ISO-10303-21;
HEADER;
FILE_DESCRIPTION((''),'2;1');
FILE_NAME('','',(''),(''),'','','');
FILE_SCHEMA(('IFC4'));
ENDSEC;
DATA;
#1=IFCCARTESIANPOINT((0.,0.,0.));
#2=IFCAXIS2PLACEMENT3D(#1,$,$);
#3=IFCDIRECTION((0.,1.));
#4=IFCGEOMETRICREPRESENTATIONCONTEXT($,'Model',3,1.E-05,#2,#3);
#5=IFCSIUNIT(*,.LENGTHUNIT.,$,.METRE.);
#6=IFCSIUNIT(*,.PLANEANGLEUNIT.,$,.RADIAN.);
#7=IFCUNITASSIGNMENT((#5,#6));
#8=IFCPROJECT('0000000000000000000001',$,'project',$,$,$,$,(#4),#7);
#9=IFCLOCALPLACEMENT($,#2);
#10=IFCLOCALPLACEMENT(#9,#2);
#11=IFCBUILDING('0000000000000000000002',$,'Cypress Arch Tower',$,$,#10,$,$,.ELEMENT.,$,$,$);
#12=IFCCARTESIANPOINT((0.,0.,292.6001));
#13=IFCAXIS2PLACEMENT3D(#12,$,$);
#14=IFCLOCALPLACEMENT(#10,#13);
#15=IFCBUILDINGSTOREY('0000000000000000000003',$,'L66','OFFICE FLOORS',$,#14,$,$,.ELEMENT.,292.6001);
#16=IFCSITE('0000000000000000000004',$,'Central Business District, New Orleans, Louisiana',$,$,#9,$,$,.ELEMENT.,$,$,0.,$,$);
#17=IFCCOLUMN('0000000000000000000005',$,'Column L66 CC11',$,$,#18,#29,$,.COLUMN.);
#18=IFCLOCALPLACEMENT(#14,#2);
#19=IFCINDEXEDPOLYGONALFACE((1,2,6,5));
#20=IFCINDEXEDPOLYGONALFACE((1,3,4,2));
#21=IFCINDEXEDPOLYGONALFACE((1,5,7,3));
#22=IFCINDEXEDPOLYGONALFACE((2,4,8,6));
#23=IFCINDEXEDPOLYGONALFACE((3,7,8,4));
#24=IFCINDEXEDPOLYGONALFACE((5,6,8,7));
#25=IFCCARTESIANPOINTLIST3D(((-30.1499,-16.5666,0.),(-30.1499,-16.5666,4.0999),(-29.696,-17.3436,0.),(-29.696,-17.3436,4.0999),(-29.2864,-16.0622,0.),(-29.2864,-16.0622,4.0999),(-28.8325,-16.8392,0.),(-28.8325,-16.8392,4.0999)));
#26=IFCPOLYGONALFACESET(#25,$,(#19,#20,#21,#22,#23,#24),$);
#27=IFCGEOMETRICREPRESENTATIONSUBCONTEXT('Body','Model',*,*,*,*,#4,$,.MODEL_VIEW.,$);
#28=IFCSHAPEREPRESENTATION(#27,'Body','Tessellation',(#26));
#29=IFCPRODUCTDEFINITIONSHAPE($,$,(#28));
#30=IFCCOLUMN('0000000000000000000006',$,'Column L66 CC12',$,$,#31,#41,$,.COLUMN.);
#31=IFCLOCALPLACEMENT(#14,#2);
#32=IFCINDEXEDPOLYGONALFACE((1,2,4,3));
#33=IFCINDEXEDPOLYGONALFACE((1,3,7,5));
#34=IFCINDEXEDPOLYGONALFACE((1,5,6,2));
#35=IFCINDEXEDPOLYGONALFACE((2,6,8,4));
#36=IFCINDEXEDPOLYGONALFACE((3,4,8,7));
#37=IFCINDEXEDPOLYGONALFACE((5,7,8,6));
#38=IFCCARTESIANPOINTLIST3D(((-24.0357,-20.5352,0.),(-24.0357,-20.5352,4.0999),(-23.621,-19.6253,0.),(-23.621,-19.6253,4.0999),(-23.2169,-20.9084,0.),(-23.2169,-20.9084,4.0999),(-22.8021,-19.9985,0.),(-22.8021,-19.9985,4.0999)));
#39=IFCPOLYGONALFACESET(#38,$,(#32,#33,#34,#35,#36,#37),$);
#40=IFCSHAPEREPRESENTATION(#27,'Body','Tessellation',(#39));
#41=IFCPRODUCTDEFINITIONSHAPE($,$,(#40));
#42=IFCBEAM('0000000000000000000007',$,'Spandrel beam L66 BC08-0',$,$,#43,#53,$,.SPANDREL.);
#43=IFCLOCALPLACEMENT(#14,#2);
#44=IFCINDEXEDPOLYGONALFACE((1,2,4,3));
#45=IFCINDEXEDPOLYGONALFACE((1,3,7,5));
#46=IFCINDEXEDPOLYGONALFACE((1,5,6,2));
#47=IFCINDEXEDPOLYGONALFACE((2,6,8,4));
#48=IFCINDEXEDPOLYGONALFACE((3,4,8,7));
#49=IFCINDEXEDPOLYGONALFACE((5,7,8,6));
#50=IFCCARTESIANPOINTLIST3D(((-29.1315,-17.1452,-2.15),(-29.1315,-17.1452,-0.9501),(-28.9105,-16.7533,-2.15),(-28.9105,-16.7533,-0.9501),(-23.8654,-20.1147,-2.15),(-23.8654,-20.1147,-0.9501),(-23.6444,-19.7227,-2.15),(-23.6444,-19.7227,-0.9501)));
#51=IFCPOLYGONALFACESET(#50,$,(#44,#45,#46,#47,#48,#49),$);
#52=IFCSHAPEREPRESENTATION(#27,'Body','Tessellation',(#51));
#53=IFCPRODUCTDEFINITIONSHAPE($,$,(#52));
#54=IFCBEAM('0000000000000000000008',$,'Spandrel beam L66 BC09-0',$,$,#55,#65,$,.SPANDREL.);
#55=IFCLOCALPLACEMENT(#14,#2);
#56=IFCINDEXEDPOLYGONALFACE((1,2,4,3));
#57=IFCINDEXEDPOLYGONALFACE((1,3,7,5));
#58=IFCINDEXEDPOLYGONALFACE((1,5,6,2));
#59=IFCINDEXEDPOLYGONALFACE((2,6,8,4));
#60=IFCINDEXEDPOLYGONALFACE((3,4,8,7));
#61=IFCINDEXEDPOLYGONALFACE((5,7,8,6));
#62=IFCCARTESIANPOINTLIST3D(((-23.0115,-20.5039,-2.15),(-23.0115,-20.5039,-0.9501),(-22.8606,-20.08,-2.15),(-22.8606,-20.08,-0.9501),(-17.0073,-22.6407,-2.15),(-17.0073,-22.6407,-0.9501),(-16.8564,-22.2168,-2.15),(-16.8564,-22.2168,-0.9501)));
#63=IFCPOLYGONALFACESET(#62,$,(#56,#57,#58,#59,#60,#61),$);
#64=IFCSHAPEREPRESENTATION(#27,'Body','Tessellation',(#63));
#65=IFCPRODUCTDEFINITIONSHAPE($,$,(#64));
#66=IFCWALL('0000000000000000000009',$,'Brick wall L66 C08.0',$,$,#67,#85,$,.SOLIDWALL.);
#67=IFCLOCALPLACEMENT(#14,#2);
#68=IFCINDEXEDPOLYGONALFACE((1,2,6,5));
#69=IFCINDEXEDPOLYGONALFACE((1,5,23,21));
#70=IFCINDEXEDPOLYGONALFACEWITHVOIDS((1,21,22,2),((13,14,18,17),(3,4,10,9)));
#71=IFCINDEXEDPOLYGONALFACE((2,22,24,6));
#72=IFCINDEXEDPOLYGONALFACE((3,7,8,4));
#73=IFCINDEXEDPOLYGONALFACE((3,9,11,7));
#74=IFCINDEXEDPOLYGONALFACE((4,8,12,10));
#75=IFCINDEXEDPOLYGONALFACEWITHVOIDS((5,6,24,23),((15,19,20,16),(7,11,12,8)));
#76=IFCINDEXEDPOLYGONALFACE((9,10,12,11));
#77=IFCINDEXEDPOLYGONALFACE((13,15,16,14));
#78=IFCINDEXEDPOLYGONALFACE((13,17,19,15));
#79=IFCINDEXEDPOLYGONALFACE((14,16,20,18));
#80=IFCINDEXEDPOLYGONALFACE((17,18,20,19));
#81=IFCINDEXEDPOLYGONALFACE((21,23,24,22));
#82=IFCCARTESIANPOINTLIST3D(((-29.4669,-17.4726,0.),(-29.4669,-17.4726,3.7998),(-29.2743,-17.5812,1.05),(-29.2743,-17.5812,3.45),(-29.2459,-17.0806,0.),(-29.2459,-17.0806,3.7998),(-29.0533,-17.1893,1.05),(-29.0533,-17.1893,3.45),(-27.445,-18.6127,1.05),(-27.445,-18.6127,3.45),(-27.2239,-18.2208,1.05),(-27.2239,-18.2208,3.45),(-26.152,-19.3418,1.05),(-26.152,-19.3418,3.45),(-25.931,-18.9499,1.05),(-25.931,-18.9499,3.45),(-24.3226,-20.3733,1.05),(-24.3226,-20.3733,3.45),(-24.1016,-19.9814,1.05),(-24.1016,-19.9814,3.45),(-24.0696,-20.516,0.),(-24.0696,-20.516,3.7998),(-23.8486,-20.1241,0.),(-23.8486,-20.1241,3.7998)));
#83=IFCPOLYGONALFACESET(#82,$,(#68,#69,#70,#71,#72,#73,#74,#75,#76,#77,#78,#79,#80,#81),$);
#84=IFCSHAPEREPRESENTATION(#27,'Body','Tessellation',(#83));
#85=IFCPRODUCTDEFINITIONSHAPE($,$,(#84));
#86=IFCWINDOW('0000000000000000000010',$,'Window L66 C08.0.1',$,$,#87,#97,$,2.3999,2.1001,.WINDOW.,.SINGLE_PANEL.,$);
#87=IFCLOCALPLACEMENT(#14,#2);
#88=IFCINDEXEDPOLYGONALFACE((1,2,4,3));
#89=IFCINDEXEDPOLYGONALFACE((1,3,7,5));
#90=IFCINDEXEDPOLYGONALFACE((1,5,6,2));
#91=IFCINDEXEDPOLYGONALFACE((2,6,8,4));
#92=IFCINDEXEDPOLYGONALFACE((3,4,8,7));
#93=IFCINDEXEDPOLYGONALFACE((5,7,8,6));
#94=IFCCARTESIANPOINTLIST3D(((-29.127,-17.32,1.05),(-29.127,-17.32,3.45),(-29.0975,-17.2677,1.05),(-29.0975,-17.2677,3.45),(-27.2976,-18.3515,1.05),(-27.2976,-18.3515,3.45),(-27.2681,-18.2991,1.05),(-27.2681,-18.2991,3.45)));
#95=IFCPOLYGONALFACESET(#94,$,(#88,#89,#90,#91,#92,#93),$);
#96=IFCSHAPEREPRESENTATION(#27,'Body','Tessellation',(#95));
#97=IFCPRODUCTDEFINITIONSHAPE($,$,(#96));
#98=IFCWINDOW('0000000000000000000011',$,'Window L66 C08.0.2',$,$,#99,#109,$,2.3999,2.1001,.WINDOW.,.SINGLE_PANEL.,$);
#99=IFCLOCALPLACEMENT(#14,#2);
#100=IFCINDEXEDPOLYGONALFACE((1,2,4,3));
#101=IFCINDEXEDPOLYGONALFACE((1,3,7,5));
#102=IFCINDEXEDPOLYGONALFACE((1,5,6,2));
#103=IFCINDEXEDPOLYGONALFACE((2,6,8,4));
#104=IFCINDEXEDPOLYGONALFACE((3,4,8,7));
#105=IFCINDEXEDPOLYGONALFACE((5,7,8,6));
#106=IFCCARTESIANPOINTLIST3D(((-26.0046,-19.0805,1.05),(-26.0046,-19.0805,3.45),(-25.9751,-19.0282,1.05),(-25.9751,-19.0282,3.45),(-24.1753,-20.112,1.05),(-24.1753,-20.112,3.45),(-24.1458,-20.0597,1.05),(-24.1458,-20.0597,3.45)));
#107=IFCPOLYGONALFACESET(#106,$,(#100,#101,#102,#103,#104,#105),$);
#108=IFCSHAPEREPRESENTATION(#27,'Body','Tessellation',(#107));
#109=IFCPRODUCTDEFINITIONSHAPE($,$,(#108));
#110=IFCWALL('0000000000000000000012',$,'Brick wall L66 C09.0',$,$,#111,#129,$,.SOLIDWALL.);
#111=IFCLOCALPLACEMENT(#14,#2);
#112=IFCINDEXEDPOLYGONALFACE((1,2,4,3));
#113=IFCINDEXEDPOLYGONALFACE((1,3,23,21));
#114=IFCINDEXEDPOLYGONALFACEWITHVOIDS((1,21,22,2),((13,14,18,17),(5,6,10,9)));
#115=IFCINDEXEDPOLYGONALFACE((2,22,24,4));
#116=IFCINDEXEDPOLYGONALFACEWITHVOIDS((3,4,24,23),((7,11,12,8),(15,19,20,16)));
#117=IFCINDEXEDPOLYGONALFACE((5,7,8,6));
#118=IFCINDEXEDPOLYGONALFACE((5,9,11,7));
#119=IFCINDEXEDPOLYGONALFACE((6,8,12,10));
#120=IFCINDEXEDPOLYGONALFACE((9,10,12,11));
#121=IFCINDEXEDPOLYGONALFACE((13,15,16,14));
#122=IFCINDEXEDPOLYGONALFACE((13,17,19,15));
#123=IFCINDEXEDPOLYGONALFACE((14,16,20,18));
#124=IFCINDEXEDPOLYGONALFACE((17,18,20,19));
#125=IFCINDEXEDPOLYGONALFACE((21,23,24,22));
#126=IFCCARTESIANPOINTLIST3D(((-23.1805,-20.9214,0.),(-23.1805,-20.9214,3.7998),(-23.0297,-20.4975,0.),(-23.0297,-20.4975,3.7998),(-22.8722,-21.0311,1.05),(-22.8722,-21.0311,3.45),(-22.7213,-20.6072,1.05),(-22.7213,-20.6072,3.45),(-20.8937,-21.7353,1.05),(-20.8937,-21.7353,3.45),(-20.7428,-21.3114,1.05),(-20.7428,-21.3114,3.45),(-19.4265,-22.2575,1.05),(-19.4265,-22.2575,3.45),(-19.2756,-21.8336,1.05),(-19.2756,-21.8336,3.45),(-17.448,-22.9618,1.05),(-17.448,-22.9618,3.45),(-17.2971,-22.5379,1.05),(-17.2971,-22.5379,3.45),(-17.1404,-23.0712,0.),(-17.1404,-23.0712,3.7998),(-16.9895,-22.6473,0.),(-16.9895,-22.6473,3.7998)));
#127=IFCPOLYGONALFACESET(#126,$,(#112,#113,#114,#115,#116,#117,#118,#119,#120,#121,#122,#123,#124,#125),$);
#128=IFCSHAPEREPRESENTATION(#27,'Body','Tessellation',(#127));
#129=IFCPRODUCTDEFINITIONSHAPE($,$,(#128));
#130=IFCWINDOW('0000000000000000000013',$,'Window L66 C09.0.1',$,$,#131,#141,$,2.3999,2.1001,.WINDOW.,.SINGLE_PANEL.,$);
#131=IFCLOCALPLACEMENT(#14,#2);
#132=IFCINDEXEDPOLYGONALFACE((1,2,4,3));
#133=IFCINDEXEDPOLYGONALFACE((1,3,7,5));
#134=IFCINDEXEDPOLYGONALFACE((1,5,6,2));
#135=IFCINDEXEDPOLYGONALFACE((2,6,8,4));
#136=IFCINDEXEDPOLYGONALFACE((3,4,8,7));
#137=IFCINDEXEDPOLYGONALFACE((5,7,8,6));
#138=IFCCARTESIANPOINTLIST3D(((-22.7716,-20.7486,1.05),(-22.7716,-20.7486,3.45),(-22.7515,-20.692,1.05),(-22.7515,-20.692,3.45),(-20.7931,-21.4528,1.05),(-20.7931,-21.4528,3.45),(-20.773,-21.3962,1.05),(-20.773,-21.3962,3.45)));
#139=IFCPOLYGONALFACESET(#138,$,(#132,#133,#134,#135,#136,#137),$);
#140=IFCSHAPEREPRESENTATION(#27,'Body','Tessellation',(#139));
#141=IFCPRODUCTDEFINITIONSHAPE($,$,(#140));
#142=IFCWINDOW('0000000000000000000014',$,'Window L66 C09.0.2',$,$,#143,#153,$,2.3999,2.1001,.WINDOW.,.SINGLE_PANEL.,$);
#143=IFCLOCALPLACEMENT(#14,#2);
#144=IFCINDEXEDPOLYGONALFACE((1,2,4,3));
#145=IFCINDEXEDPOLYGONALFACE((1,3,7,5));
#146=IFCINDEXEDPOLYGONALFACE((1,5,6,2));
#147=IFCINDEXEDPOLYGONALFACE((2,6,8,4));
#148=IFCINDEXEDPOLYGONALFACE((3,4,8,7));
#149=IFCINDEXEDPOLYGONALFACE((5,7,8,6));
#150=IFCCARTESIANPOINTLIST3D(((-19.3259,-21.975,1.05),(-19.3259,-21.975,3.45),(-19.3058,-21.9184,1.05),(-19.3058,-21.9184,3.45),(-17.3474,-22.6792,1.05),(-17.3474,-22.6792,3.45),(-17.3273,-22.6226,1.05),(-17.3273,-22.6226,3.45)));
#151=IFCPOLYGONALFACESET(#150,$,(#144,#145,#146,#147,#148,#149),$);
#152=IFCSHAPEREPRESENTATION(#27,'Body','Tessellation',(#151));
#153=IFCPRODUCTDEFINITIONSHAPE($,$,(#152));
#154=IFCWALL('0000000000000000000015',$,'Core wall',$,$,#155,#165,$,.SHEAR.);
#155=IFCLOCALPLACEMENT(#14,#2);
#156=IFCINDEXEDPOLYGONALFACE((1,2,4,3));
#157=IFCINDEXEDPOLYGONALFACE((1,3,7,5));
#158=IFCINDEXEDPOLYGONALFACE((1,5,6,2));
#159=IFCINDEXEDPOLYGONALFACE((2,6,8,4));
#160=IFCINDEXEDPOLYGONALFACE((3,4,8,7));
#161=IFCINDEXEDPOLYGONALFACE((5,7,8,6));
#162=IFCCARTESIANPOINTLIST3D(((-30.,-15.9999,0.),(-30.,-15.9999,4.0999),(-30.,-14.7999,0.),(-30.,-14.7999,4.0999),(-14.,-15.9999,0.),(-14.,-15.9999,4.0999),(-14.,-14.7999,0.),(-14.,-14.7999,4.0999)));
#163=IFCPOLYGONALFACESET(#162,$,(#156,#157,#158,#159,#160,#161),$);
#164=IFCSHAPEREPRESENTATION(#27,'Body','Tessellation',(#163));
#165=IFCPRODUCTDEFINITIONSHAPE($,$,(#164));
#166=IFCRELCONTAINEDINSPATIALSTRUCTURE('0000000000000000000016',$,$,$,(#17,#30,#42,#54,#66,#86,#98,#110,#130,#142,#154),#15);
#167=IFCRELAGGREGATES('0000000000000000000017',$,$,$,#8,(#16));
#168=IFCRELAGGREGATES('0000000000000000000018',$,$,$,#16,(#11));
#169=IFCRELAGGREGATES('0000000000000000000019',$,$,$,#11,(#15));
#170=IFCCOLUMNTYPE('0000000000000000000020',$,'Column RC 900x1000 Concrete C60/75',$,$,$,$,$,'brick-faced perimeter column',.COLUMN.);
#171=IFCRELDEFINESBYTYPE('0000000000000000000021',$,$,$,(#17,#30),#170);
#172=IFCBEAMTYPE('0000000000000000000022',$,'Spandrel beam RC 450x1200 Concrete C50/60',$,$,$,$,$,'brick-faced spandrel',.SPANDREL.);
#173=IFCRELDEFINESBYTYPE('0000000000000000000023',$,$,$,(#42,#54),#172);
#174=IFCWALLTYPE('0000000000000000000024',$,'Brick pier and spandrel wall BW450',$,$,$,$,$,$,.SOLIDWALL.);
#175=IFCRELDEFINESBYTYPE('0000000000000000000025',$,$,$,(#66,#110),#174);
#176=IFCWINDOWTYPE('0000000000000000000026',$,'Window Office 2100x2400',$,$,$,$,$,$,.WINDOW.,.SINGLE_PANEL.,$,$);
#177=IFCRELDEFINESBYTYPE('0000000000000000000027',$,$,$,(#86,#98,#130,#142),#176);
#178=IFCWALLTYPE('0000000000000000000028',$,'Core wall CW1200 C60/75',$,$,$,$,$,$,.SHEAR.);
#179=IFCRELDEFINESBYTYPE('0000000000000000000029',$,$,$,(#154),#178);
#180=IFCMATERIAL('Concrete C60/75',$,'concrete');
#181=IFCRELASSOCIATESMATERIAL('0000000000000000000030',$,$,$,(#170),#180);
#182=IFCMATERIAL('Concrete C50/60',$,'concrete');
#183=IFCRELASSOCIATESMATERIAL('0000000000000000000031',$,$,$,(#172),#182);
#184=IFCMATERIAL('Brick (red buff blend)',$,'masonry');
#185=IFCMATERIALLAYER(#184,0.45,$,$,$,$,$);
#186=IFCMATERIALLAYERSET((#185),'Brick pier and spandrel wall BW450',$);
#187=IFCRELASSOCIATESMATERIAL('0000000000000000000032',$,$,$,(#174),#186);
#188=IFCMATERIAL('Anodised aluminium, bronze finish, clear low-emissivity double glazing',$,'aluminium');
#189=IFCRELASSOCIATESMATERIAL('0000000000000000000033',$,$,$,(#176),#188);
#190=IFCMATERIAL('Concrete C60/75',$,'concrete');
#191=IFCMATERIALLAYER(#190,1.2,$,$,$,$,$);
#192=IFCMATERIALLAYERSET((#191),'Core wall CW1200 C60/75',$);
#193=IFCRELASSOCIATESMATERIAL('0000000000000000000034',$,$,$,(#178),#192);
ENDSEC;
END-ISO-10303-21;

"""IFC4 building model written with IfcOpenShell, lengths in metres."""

from ifc_helpers import new_model, si_unit, direction, frame, frame_2d, origin, origin_2d, place, context, subcontext, project, spatial, rectangle, extrude, material, layer, layer_set, material_profile, profile_set, type_object, element, fill, save


model = new_model("IFC4")

# Units and contexts
model_context = context("Model", 3, precision=1e-05, world=origin(), true_north=direction((0.0, 1.0)))
body_context = subcontext(model_context, "Body", "Model", "MODEL_VIEW")
ifc_project = project(units=[si_unit("LENGTHUNIT", "METRE"), si_unit("PLANEANGLEUNIT", "RADIAN")], contexts=[model_context])

# Site, building, storey
site_placement = place(None, origin())
site = spatial("IfcSite", under=ifc_project, at=site_placement, Name="Central Business District, New Orleans, Louisiana", CompositionType="ELEMENT", RefElevation=0.0)
building_placement = place(site_placement, origin())
building = spatial("IfcBuilding", under=site, at=building_placement, Name="Cypress Arch Tower", CompositionType="ELEMENT")
storey_placement = place(building_placement, frame((0.0, 0.0, 292.6001)))
storey = spatial("IfcBuildingStorey", under=building, at=storey_placement, Name="L66", Description="OFFICE FLOORS", CompositionType="ELEMENT", Elevation=292.6001)

# Columns
ifc_material_1 = material(Name="Concrete C60/75", Category="concrete")
ifc_material_profile_1 = material_profile(ifc_material_1, rectangle(XDim=0.8999, YDim=1.0, at=origin_2d()), Name="RC 900x1000")
ifc_profile_set_1 = profile_set([ifc_material_profile_1], Name="Concrete C60/75")
column_type = type_object("IfcColumnType", Name="Column RC 900x1000 Concrete C60/75", ElementType="brick-faced perimeter column", PredefinedType="COLUMN", material=ifc_profile_set_1)
for number, where, z_axis, x_axis, name in (
    (1, (-29.4912, -16.7029, 0.0), (0.0, 0.0, 1.0), (0.504399, -0.863471, 0.0), "Column L66 CC11"),
    (2, (-23.4189, -20.2668, 0.0), (0.0, 0.0, 1.0), (0.909932, -0.414757, 0.0), "Column L66 CC12"),
):
    element("IfcColumn", number, at=place(storey_placement, frame(where, z_axis=z_axis, x_axis=x_axis)), inside=storey, type_object=column_type, Name=name, PredefinedType="COLUMN", context=body_context, shape_type="SweptSolid", body=[
        extrude(rectangle(XDim=0.8999, YDim=1.0, at=origin_2d()), origin(), (0.0, 0.0, 1.0), 4.0999),
    ])

# Beams
ifc_material_2 = material(Name="Concrete C50/60", Category="concrete")
ifc_material_profile_2 = material_profile(ifc_material_2, rectangle(XDim=0.45, YDim=1.2, at=origin_2d()), Name="RC 450x1200")
ifc_profile_set_2 = profile_set([ifc_material_profile_2], Name="Concrete C50/60")
beam_type = type_object("IfcBeamType", Name="Spandrel beam RC 450x1200 Concrete C50/60", ElementType="brick-faced spandrel", PredefinedType="SPANDREL", material=ifc_profile_set_2)
beam_1_placement = place(storey_placement, frame((-29.021, -16.9492, -1.55), z_axis=(0.87106, -0.491177, 0.0), x_axis=(0.491177, 0.87106, 0.0)))
element("IfcBeam", 3, at=beam_1_placement, inside=storey, type_object=beam_type, Name="Spandrel beam L66 BC08-0", PredefinedType="SPANDREL", context=body_context, shape_type="SweptSolid", body=[
    extrude(rectangle(XDim=0.45, YDim=1.2, at=origin_2d()), origin(), (0.0, 0.0, 1.0), 6.0457),
])
beam_2_placement = place(storey_placement, frame((-22.936, -20.292, -1.55), z_axis=(0.94212, -0.335276, 0.0), x_axis=(0.335276, 0.94212, 0.0)))
element("IfcBeam", 4, at=beam_2_placement, inside=storey, type_object=beam_type, Name="Spandrel beam L66 BC09-0", PredefinedType="SPANDREL", context=body_context, shape_type="SweptSolid", body=[
    extrude(rectangle(XDim=0.45, YDim=1.2, at=origin_2d()), origin(), (0.0, 0.0, 1.0), 6.373),
])

# Walls, openings, windows
ifc_material_3 = material(Name="Brick (red buff blend)", Category="masonry")
ifc_layer_1 = layer(ifc_material_3, 0.45)
ifc_layer_set_1 = layer_set([ifc_layer_1], Name="Brick pier and spandrel wall BW450")
wall_type_1 = type_object("IfcWallType", Name="Brick pier and spandrel wall BW450", PredefinedType="SOLIDWALL", material=ifc_layer_set_1)
wall_1_placement = place(storey_placement, frame((-29.3564, -17.2766, 0.0), z_axis=(0.0, 0.0, 1.0), x_axis=(0.871066, -0.491166, 0.0)))
wall_1 = element("IfcWall", 5, at=wall_1_placement, inside=storey, type_object=wall_type_1, Name="Brick wall L66 C08.0", PredefinedType="SOLIDWALL", context=body_context, shape_type="SweptSolid", body=[
    extrude(rectangle(XDim=6.1963, YDim=0.45, at=frame_2d((3.0981, 0.0))), origin(), (0.0, 0.0, 1.0), 3.7998),
])
opening_1_placement = place(wall_1_placement, frame((0.2212, 0.0, 1.05)))
opening_1 = element("IfcOpeningElement", 6, at=opening_1_placement, cuts=wall_1, PredefinedType="OPENING", context=body_context, shape_type="SweptSolid", body=[
    extrude(rectangle(XDim=2.1001, YDim=2.3999, at=frame_2d((1.05, 1.2))), frame((0.0, 0.2349, 0.0), z_axis=(0.0, -1.0, 0.0), x_axis=(1.0, 0.0, 0.0)), (0.0, 0.0, 1.0), 0.47),
])
opening_2_placement = place(wall_1_placement, frame((3.8057, 0.0, 1.05)))
opening_2 = element("IfcOpeningElement", 7, at=opening_2_placement, cuts=wall_1, PredefinedType="OPENING", context=body_context, shape_type="SweptSolid", body=[
    extrude(rectangle(XDim=2.1001, YDim=2.3999, at=frame_2d((1.05, 1.2))), frame((0.0, 0.2349, 0.0), z_axis=(0.0, -1.0, 0.0), x_axis=(1.0, 0.0, 0.0)), (0.0, 0.0, 1.0), 0.47),
])
ifc_material_4 = material(Name="Anodised aluminium, bronze finish, clear low-emissivity double glazing", Category="aluminium")
window_type = type_object("IfcWindowType", Name="Window Office 2100x2400", PartitioningType="SINGLE_PANEL", PredefinedType="WINDOW", material=ifc_material_4)
window_1_placement = place(opening_1_placement, origin())
window_1 = element("IfcWindow", 8, at=window_1_placement, inside=storey, type_object=window_type, Name="Window L66 C08.0.1", OverallHeight=2.3999, OverallWidth=2.1001, PartitioningType="SINGLE_PANEL", PredefinedType="WINDOW", context=body_context, shape_type="SweptSolid", body=[
    extrude(rectangle(XDim=2.1001, YDim=2.3999, at=frame_2d((1.05, 1.2))), frame((0.0, 0.135, 0.0), z_axis=(0.0, -1.0, 0.0), x_axis=(1.0, 0.0, 0.0)), (0.0, 0.0, 1.0), 0.0601),
])
fill(opening_1, window_1)
window_2_placement = place(opening_2_placement, origin())
window_2 = element("IfcWindow", 9, at=window_2_placement, inside=storey, type_object=window_type, Name="Window L66 C08.0.2", OverallHeight=2.3999, OverallWidth=2.1001, PartitioningType="SINGLE_PANEL", PredefinedType="WINDOW", context=body_context, shape_type="SweptSolid", body=[
    extrude(rectangle(XDim=2.1001, YDim=2.3999, at=frame_2d((1.05, 1.2))), frame((0.0, 0.135, 0.0), z_axis=(0.0, -1.0, 0.0), x_axis=(1.0, 0.0, 0.0)), (0.0, 0.0, 1.0), 0.0601),
])
fill(opening_2, window_2)
wall_2_placement = place(storey_placement, frame((-23.105, -20.7095, 0.0), z_axis=(0.0, 0.0, 1.0), x_axis=(0.942104, -0.335321, 0.0)))
wall_2 = element("IfcWall", 10, at=wall_2_placement, inside=storey, type_object=wall_type_1, Name="Brick wall L66 C09.0", PredefinedType="SOLIDWALL", context=body_context, shape_type="SweptSolid", body=[
    extrude(rectangle(XDim=6.4114, YDim=0.45, at=frame_2d((3.2056, 0.0))), origin(), (0.0, 0.0, 1.0), 3.7998),
])
opening_3_placement = place(wall_2_placement, frame((0.3271, 0.0, 1.05)))
opening_3 = element("IfcOpeningElement", 11, at=opening_3_placement, cuts=wall_2, PredefinedType="OPENING", context=body_context, shape_type="SweptSolid", body=[
    extrude(rectangle(XDim=2.1001, YDim=2.3999, at=frame_2d((1.05, 1.2))), frame((0.0, 0.2349, 0.0), z_axis=(0.0, -1.0, 0.0), x_axis=(1.0, 0.0, 0.0)), (0.0, 0.0, 1.0), 0.47),
])
opening_4_placement = place(wall_2_placement, frame((3.9846, 0.0, 1.05)))
opening_4 = element("IfcOpeningElement", 12, at=opening_4_placement, cuts=wall_2, PredefinedType="OPENING", context=body_context, shape_type="SweptSolid", body=[
    extrude(rectangle(XDim=2.1001, YDim=2.3999, at=frame_2d((1.05, 1.2))), frame((0.0, 0.2349, 0.0), z_axis=(0.0, -1.0, 0.0), x_axis=(1.0, 0.0, 0.0)), (0.0, 0.0, 1.0), 0.47),
])
window_3_placement = place(opening_3_placement, origin())
window_3 = element("IfcWindow", 13, at=window_3_placement, inside=storey, type_object=window_type, Name="Window L66 C09.0.1", OverallHeight=2.3999, OverallWidth=2.1001, PartitioningType="SINGLE_PANEL", PredefinedType="WINDOW", context=body_context, shape_type="SweptSolid", body=[
    extrude(rectangle(XDim=2.1001, YDim=2.3999, at=frame_2d((1.05, 1.2))), frame((0.0, 0.135, 0.0), z_axis=(0.0, -1.0, 0.0), x_axis=(1.0, 0.0, 0.0)), (0.0, 0.0, 1.0), 0.0601),
])
fill(opening_3, window_3)
window_4_placement = place(opening_4_placement, origin())
window_4 = element("IfcWindow", 14, at=window_4_placement, inside=storey, type_object=window_type, Name="Window L66 C09.0.2", OverallHeight=2.3999, OverallWidth=2.1001, PartitioningType="SINGLE_PANEL", PredefinedType="WINDOW", context=body_context, shape_type="SweptSolid", body=[
    extrude(rectangle(XDim=2.1001, YDim=2.3999, at=frame_2d((1.05, 1.2))), frame((0.0, 0.135, 0.0), z_axis=(0.0, -1.0, 0.0), x_axis=(1.0, 0.0, 0.0)), (0.0, 0.0, 1.0), 0.0601),
])
fill(opening_4, window_4)

# Wall
ifc_material_5 = material(Name="Concrete C60/75", Category="concrete")
ifc_layer_2 = layer(ifc_material_5, 1.2)
ifc_layer_set_2 = layer_set([ifc_layer_2], Name="Core wall CW1200 C60/75")
wall_type_2 = type_object("IfcWallType", Name="Core wall CW1200 C60/75", PredefinedType="SHEAR", material=ifc_layer_set_2)
wall_3_placement = place(storey_placement, frame((-30.0, -15.3999, 0.0), z_axis=(0.0, 0.0, 1.0), x_axis=(1.0, 0.0, 0.0)))
element("IfcWall", 15, at=wall_3_placement, inside=storey, type_object=wall_type_2, Name="Core wall", PredefinedType="SHEAR", context=body_context, shape_type="SweptSolid", body=[
    extrude(rectangle(XDim=16.0, YDim=1.2, at=frame_2d((8.0, 0.0))), origin(), (0.0, 0.0, 1.0), 4.0999),
])

save(model, "model.ifc")
